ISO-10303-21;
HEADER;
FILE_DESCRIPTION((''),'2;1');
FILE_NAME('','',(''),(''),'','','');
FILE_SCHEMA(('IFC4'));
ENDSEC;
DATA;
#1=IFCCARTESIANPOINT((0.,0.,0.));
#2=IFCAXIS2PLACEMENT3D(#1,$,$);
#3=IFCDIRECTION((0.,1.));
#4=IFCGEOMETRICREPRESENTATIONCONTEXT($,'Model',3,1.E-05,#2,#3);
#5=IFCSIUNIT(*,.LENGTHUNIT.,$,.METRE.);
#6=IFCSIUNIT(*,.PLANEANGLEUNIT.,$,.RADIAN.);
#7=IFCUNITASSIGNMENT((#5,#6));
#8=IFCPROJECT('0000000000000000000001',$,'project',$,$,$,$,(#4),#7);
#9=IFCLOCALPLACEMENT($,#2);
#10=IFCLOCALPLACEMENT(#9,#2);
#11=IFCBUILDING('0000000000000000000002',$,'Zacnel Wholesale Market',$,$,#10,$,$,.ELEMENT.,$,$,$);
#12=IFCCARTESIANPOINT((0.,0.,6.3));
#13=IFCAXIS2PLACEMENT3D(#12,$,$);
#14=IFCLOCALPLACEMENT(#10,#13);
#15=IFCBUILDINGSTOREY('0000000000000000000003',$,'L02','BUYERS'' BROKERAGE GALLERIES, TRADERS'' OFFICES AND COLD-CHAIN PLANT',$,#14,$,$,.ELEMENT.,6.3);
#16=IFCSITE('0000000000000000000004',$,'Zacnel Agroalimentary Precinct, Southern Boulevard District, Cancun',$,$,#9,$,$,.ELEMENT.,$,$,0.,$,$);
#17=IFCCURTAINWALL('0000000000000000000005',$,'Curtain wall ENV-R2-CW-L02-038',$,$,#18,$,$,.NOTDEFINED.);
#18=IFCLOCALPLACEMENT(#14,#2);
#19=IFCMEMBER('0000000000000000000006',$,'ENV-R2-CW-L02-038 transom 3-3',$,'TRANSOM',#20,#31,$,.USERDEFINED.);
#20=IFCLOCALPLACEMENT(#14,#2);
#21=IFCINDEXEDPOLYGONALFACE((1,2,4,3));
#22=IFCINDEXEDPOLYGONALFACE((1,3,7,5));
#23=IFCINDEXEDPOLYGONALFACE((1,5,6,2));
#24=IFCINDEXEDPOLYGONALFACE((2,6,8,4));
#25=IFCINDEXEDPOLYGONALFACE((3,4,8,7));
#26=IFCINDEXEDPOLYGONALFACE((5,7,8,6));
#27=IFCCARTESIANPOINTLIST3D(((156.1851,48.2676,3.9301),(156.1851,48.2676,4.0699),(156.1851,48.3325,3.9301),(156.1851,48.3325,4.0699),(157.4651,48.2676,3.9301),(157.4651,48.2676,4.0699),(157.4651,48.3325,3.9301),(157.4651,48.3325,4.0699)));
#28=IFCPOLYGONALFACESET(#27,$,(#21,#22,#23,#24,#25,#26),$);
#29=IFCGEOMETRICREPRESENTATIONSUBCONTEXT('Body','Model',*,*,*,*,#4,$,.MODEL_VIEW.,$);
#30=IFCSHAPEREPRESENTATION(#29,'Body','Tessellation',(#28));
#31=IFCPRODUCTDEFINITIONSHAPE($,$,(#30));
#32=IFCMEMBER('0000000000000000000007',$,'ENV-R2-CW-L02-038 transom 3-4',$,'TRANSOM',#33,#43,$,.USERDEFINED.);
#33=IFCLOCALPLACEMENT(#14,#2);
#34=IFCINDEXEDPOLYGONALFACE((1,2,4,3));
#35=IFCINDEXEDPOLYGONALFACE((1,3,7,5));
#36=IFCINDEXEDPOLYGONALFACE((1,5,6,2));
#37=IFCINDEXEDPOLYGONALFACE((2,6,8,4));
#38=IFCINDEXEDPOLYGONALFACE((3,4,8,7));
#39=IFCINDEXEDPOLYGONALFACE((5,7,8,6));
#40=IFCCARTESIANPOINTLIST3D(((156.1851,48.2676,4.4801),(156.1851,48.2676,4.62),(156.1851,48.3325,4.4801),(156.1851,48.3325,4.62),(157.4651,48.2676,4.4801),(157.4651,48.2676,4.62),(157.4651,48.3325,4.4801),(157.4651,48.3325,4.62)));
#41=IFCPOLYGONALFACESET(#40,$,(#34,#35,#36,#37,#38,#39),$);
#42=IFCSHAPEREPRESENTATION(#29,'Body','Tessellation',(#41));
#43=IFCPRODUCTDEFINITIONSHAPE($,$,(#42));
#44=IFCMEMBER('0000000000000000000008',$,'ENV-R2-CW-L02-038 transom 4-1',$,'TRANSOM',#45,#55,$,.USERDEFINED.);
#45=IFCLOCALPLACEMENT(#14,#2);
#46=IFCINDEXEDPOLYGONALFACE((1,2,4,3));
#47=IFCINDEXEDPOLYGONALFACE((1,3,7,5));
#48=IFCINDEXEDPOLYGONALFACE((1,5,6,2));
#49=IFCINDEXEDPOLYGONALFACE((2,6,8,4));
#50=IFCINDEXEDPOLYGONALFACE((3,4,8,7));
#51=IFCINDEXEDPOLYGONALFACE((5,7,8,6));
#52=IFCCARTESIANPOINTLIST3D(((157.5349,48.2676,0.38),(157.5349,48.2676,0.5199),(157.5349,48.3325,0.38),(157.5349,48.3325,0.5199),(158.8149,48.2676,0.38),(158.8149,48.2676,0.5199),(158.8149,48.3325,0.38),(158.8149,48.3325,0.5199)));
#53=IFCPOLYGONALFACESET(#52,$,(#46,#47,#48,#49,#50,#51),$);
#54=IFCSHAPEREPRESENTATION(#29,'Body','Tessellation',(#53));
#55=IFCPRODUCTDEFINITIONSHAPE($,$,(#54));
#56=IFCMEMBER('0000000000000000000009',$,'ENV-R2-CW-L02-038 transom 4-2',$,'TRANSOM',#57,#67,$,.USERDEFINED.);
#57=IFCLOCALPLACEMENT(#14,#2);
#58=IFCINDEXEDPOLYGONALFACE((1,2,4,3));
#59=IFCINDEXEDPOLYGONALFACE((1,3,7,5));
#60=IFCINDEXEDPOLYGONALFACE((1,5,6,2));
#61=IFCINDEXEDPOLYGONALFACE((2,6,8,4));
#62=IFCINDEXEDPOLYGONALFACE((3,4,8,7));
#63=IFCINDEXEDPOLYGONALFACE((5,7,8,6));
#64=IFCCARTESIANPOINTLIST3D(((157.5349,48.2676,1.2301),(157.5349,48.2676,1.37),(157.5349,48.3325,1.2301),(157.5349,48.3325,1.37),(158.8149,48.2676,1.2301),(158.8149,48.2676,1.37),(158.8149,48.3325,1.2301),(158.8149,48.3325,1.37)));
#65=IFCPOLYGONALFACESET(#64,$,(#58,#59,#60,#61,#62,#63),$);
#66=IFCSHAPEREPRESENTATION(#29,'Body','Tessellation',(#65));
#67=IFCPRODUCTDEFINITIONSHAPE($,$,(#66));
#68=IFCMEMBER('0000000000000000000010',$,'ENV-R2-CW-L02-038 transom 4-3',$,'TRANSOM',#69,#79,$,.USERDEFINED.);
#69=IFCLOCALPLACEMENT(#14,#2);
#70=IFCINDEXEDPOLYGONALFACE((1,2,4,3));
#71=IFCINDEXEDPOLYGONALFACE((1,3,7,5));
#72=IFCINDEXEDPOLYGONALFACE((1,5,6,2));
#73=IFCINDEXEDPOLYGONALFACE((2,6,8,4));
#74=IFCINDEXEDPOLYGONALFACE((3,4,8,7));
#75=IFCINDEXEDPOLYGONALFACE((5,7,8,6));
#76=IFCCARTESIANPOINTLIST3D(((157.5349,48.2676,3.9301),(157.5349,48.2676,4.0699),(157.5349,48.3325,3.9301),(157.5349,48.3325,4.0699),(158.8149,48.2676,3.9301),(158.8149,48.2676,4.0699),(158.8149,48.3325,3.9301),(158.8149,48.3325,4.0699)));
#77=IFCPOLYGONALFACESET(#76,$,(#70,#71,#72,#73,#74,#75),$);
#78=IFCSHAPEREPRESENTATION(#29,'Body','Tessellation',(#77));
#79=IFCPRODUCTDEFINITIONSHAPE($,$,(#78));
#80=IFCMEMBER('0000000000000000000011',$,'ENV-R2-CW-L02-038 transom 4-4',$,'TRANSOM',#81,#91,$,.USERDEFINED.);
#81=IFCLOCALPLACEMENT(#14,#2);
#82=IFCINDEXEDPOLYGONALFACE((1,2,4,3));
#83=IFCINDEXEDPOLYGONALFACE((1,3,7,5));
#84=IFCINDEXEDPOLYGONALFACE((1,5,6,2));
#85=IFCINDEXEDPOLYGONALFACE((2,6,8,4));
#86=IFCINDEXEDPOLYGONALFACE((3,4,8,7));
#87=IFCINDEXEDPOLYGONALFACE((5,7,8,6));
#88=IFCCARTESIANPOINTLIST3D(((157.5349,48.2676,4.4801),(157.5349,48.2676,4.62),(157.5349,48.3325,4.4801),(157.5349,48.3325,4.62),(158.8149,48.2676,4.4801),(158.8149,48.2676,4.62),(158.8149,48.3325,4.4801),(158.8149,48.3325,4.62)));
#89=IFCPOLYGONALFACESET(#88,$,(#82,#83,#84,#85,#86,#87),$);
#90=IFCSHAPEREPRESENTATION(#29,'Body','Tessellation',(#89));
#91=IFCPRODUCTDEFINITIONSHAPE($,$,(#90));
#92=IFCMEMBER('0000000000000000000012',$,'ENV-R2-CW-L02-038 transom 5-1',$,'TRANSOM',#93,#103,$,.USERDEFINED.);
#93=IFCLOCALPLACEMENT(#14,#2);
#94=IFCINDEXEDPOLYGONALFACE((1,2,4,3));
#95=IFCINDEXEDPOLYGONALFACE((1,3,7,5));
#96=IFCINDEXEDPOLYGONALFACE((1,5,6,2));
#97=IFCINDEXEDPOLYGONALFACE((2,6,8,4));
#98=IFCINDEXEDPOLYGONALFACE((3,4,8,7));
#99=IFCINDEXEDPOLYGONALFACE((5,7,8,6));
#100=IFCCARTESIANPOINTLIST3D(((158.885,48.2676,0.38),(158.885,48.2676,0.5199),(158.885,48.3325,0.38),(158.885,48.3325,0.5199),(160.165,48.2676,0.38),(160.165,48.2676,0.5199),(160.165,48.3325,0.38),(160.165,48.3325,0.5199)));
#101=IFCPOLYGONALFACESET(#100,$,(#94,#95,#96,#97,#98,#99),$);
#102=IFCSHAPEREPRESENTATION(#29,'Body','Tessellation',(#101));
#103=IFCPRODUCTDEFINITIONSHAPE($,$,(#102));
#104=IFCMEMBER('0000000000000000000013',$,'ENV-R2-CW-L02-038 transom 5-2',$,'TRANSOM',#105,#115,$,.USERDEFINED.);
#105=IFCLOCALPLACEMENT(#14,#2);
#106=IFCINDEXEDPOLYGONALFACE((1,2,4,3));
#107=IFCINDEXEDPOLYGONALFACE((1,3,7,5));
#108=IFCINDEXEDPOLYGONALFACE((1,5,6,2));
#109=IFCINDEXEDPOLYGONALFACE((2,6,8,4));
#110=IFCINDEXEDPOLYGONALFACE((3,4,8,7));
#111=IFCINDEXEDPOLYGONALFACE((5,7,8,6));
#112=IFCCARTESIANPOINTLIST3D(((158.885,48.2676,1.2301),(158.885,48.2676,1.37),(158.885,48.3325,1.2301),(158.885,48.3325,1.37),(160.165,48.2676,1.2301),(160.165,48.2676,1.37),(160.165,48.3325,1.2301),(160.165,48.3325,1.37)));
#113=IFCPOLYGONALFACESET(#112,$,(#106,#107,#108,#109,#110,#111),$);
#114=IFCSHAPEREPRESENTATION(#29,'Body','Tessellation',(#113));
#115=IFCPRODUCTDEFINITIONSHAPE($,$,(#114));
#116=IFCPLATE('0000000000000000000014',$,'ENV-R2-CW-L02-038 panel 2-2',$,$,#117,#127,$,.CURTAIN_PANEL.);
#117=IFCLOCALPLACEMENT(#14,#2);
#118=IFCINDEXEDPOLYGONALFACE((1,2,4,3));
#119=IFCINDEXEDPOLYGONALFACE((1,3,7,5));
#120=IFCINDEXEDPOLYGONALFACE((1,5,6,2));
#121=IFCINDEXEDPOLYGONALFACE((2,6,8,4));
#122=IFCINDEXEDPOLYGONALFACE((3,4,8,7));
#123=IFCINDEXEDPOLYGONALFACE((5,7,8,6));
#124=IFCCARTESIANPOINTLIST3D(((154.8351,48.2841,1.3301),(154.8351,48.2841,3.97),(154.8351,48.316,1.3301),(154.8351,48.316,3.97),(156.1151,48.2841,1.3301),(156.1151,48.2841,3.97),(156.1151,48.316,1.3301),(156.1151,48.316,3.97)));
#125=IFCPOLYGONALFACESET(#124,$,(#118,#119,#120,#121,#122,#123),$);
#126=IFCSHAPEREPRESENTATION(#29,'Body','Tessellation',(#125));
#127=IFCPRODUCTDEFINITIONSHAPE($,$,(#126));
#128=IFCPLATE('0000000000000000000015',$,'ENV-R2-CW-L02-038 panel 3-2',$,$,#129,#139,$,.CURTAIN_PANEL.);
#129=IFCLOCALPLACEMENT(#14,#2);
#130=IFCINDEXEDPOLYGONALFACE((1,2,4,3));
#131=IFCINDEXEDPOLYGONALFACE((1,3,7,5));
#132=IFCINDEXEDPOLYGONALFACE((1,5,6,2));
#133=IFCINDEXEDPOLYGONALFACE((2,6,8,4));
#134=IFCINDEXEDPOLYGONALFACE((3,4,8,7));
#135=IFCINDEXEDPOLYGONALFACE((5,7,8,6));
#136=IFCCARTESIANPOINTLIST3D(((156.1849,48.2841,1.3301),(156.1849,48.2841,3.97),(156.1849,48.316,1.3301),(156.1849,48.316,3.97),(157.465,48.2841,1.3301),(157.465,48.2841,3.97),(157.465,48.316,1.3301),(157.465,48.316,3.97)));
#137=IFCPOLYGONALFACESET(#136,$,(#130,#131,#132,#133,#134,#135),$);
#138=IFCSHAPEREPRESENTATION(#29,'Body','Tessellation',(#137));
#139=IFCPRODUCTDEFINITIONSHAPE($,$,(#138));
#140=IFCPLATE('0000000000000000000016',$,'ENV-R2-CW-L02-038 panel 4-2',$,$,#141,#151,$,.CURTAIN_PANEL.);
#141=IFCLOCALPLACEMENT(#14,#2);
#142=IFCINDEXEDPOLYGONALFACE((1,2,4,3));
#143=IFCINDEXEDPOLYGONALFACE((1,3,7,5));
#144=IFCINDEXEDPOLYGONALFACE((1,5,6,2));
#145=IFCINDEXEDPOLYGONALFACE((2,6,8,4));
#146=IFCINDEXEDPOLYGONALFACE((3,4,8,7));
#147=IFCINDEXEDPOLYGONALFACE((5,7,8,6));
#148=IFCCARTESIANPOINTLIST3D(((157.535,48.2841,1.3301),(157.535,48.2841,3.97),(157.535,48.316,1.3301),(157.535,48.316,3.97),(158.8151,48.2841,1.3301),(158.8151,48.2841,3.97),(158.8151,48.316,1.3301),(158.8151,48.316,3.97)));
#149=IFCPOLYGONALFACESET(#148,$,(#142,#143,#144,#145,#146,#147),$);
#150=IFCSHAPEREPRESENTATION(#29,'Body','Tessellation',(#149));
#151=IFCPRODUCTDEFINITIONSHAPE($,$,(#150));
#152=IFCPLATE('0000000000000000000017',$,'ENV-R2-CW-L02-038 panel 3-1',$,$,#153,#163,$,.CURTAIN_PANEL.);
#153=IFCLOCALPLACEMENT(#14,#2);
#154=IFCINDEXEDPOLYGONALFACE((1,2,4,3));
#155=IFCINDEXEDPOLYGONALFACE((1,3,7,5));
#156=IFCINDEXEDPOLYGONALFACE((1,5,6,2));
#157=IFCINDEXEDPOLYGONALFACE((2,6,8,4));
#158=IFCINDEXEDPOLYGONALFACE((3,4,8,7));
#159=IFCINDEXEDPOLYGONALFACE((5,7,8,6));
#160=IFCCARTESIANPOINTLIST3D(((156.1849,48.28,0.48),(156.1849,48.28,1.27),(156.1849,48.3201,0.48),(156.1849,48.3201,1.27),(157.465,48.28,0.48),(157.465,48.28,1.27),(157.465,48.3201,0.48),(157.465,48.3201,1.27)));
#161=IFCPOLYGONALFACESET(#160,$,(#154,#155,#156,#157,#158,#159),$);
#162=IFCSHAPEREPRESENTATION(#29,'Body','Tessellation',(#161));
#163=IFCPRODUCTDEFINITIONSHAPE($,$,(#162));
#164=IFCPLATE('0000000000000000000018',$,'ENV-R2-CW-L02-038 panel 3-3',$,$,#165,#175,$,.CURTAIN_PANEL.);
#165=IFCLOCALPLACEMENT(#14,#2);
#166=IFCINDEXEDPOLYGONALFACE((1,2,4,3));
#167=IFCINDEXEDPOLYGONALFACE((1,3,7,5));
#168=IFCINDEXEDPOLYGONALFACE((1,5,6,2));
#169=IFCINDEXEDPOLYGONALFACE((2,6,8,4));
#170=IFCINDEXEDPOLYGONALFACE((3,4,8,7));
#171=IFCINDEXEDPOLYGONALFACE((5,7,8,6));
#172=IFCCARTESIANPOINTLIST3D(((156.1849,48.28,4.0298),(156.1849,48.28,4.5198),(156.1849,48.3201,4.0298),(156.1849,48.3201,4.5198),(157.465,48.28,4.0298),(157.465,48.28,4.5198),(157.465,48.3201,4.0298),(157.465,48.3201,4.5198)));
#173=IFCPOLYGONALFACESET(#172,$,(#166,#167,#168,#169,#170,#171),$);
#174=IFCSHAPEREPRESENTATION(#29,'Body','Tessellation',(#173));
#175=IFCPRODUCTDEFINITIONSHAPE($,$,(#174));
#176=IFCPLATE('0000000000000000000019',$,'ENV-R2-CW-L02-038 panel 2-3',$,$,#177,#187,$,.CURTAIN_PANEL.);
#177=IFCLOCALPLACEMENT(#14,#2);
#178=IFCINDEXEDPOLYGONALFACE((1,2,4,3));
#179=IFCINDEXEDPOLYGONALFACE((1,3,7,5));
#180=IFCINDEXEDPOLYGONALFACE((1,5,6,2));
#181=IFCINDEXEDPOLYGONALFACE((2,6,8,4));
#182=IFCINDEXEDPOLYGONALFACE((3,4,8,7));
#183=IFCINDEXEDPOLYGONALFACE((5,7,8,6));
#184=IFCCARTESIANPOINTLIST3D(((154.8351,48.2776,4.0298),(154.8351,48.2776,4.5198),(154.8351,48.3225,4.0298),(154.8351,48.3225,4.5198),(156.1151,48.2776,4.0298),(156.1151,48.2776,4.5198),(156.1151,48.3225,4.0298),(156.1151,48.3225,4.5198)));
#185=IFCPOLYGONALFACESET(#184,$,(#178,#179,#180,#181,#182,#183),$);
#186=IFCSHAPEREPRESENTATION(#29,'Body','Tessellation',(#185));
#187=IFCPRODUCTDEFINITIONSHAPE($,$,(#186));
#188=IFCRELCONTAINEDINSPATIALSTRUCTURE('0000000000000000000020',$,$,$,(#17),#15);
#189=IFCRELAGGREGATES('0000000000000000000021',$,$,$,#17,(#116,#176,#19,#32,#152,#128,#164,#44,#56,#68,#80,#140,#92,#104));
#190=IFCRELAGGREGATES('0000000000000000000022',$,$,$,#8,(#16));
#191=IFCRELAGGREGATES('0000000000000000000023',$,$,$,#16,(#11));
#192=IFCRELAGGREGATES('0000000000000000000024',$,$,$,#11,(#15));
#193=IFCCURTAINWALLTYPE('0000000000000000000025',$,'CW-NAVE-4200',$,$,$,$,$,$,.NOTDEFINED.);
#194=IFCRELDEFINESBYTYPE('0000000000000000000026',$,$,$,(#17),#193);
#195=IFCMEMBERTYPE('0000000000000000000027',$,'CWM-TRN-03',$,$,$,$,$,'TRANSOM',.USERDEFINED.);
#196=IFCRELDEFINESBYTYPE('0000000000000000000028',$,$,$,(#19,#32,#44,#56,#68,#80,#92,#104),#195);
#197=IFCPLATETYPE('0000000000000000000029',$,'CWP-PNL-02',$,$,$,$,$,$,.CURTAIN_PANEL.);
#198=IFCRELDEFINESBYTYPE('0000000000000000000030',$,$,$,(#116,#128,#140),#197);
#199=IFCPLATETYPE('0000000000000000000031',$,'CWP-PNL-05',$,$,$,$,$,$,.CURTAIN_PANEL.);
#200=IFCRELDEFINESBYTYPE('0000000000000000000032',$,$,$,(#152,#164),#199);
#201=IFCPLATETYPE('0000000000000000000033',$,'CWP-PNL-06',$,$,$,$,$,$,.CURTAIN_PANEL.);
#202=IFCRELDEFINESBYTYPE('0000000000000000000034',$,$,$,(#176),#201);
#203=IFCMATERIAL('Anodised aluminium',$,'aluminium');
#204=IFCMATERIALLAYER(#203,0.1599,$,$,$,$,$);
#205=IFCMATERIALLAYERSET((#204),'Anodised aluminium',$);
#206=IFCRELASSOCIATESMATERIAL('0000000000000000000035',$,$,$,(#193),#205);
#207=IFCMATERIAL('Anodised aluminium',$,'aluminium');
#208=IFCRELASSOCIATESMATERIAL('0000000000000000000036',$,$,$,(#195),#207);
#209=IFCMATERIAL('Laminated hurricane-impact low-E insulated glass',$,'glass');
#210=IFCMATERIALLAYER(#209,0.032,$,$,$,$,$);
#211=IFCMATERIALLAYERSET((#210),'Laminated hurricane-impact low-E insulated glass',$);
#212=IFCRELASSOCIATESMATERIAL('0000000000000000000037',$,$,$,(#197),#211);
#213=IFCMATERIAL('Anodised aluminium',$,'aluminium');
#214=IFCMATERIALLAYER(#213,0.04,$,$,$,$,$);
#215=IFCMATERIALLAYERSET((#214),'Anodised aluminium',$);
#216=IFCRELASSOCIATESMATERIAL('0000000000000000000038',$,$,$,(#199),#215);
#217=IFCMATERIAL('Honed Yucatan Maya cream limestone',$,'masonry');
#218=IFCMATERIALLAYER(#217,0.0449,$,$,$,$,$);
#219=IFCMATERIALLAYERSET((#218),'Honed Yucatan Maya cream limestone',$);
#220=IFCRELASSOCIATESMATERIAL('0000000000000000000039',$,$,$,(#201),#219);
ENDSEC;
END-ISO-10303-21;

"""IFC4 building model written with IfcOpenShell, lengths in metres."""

from ifc_helpers import new_model, si_unit, direction, frame, origin, origin_2d, place, context, subcontext, project, spatial, rectangle, extrude, material, layer, layer_set, material_profile, profile_set, type_object, element, aggregate, save


model = new_model("IFC4")

# Units and contexts
model_context = context("Model", 3, precision=1e-05, world=origin(), true_north=direction((0.0, 1.0)))
body_context = subcontext(model_context, "Body", "Model", "MODEL_VIEW")
ifc_project = project(units=[si_unit("LENGTHUNIT", "METRE"), si_unit("PLANEANGLEUNIT", "RADIAN")], contexts=[model_context])

# Site, building, storey
site_placement = place(None, origin())
site = spatial("IfcSite", under=ifc_project, at=site_placement, Name="Zacnel Agroalimentary Precinct, Southern Boulevard District, Cancun", CompositionType="ELEMENT", RefElevation=0.0)
building_placement = place(site_placement, origin())
building = spatial("IfcBuilding", under=site, at=building_placement, Name="Zacnel Wholesale Market", CompositionType="ELEMENT")
storey_placement = place(building_placement, frame((0.0, 0.0, 6.3)))
storey = spatial("IfcBuildingStorey", under=building, at=storey_placement, Name="L02", Description="BUYERS' BROKERAGE GALLERIES, TRADERS' OFFICES AND COLD-CHAIN PLANT", CompositionType="ELEMENT", Elevation=6.3)

# Curtain wall, members, plates
ifc_material_1 = material(Name="Anodised aluminium", Category="aluminium")
ifc_layer_1 = layer(ifc_material_1, 0.1599)
ifc_layer_set_1 = layer_set([ifc_layer_1], Name="Anodised aluminium")
curtain_wall_type = type_object("IfcCurtainWallType", Name="CW-NAVE-4200", PredefinedType="NOTDEFINED", material=ifc_layer_set_1)
curtain_wall_placement = place(storey_placement, origin())
curtain_wall = element("IfcCurtainWall", 1, at=curtain_wall_placement, inside=storey, type_object=curtain_wall_type, Name="Curtain wall ENV-R2-CW-L02-038", PredefinedType="NOTDEFINED")
ifc_material_2 = material(Name="Anodised aluminium", Category="aluminium")
ifc_material_profile_1 = material_profile(ifc_material_2, rectangle(XDim=0.0649, YDim=0.1399, at=origin_2d()), Name="AW-TRANSOM 65x140")
ifc_profile_set_1 = profile_set([ifc_material_profile_1], Name="Anodised aluminium")
member_type_1 = type_object("IfcMemberType", Name="CWM-TRN-03", ElementType="TRANSOM", PredefinedType="USERDEFINED", material=ifc_profile_set_1)
member_1_placement = place(storey_placement, frame((156.1851, 48.3, 4.0), z_axis=(1.0, 0.0, 0.0), x_axis=(0.0, 1.0, 0.0)))
member_1 = element("IfcMember", 2, at=member_1_placement, type_object=member_type_1, Name="ENV-R2-CW-L02-038 transom 3-3", ObjectType="TRANSOM", PredefinedType="USERDEFINED", context=body_context, shape_type="SweptSolid", body=[
    extrude(rectangle(XDim=0.0649, YDim=0.1399, at=origin_2d()), origin(), (0.0, 0.0, 1.0), 1.28),
])
member_2_placement = place(storey_placement, frame((156.1851, 48.3, 4.55), z_axis=(1.0, 0.0, 0.0), x_axis=(0.0, 1.0, 0.0)))
member_2 = element("IfcMember", 3, at=member_2_placement, type_object=member_type_1, Name="ENV-R2-CW-L02-038 transom 3-4", ObjectType="TRANSOM", PredefinedType="USERDEFINED", context=body_context, shape_type="SweptSolid", body=[
    extrude(rectangle(XDim=0.0649, YDim=0.1399, at=origin_2d()), origin(), (0.0, 0.0, 1.0), 1.28),
])
member_3_placement = place(storey_placement, frame((157.5349, 48.3, 0.45), z_axis=(1.0, 0.0, 0.0), x_axis=(0.0, 1.0, 0.0)))
member_3 = element("IfcMember", 4, at=member_3_placement, type_object=member_type_1, Name="ENV-R2-CW-L02-038 transom 4-1", ObjectType="TRANSOM", PredefinedType="USERDEFINED", context=body_context, shape_type="SweptSolid", body=[
    extrude(rectangle(XDim=0.0649, YDim=0.1399, at=origin_2d()), origin(), (0.0, 0.0, 1.0), 1.28),
])
member_4_placement = place(storey_placement, frame((157.5349, 48.3, 1.3), z_axis=(1.0, 0.0, 0.0), x_axis=(0.0, 1.0, 0.0)))
member_4 = element("IfcMember", 5, at=member_4_placement, type_object=member_type_1, Name="ENV-R2-CW-L02-038 transom 4-2", ObjectType="TRANSOM", PredefinedType="USERDEFINED", context=body_context, shape_type="SweptSolid", body=[
    extrude(rectangle(XDim=0.0649, YDim=0.1399, at=origin_2d()), origin(), (0.0, 0.0, 1.0), 1.28),
])
member_5_placement = place(storey_placement, frame((157.5349, 48.3, 4.0), z_axis=(1.0, 0.0, 0.0), x_axis=(0.0, 1.0, 0.0)))
member_5 = element("IfcMember", 6, at=member_5_placement, type_object=member_type_1, Name="ENV-R2-CW-L02-038 transom 4-3", ObjectType="TRANSOM", PredefinedType="USERDEFINED", context=body_context, shape_type="SweptSolid", body=[
    extrude(rectangle(XDim=0.0649, YDim=0.1399, at=origin_2d()), origin(), (0.0, 0.0, 1.0), 1.28),
])
member_6_placement = place(storey_placement, frame((157.5349, 48.3, 4.55), z_axis=(1.0, 0.0, 0.0), x_axis=(0.0, 1.0, 0.0)))
member_6 = element("IfcMember", 7, at=member_6_placement, type_object=member_type_1, Name="ENV-R2-CW-L02-038 transom 4-4", ObjectType="TRANSOM", PredefinedType="USERDEFINED", context=body_context, shape_type="SweptSolid", body=[
    extrude(rectangle(XDim=0.0649, YDim=0.1399, at=origin_2d()), origin(), (0.0, 0.0, 1.0), 1.28),
])
member_7_placement = place(storey_placement, frame((158.885, 48.3, 0.45), z_axis=(1.0, 0.0, 0.0), x_axis=(0.0, 1.0, 0.0)))
member_7 = element("IfcMember", 8, at=member_7_placement, type_object=member_type_1, Name="ENV-R2-CW-L02-038 transom 5-1", ObjectType="TRANSOM", PredefinedType="USERDEFINED", context=body_context, shape_type="SweptSolid", body=[
    extrude(rectangle(XDim=0.0649, YDim=0.1399, at=origin_2d()), origin(), (0.0, 0.0, 1.0), 1.28),
])
member_8_placement = place(storey_placement, frame((158.885, 48.3, 1.3), z_axis=(1.0, 0.0, 0.0), x_axis=(0.0, 1.0, 0.0)))
member_8 = element("IfcMember", 9, at=member_8_placement, type_object=member_type_1, Name="ENV-R2-CW-L02-038 transom 5-2", ObjectType="TRANSOM", PredefinedType="USERDEFINED", context=body_context, shape_type="SweptSolid", body=[
    extrude(rectangle(XDim=0.0649, YDim=0.1399, at=origin_2d()), origin(), (0.0, 0.0, 1.0), 1.28),
])
ifc_material_3 = material(Name="Laminated hurricane-impact low-E insulated glass", Category="glass")
ifc_layer_2 = layer(ifc_material_3, 0.032)
ifc_layer_set_2 = layer_set([ifc_layer_2], Name="Laminated hurricane-impact low-E insulated glass")
plate_type_1 = type_object("IfcPlateType", Name="CWP-PNL-02", PredefinedType="CURTAIN_PANEL", material=ifc_layer_set_2)
plate_1_placement = place(storey_placement, frame((155.4751, 48.3, 1.3301), z_axis=(0.0, 0.0, 1.0), x_axis=(1.0, 0.0, 0.0)))
plate_1 = element("IfcPlate", 10, at=plate_1_placement, type_object=plate_type_1, Name="ENV-R2-CW-L02-038 panel 2-2", PredefinedType="CURTAIN_PANEL", context=body_context, shape_type="SweptSolid", body=[
    extrude(rectangle(XDim=1.28, YDim=0.032, at=origin_2d()), origin(), (0.0, 0.0, 1.0), 2.6399),
])
plate_2_placement = place(storey_placement, frame((156.825, 48.3, 1.3301), z_axis=(0.0, 0.0, 1.0), x_axis=(1.0, 0.0, 0.0)))
plate_2 = element("IfcPlate", 11, at=plate_2_placement, type_object=plate_type_1, Name="ENV-R2-CW-L02-038 panel 3-2", PredefinedType="CURTAIN_PANEL", context=body_context, shape_type="SweptSolid", body=[
    extrude(rectangle(XDim=1.28, YDim=0.032, at=origin_2d()), origin(), (0.0, 0.0, 1.0), 2.6399),
])
plate_3_placement = place(storey_placement, frame((158.175, 48.3, 1.3301), z_axis=(0.0, 0.0, 1.0), x_axis=(1.0, 0.0, 0.0)))
plate_3 = element("IfcPlate", 12, at=plate_3_placement, type_object=plate_type_1, Name="ENV-R2-CW-L02-038 panel 4-2", PredefinedType="CURTAIN_PANEL", context=body_context, shape_type="SweptSolid", body=[
    extrude(rectangle(XDim=1.28, YDim=0.032, at=origin_2d()), origin(), (0.0, 0.0, 1.0), 2.6399),
])
ifc_material_4 = material(Name="Anodised aluminium", Category="aluminium")
ifc_layer_3 = layer(ifc_material_4, 0.04)
ifc_layer_set_3 = layer_set([ifc_layer_3], Name="Anodised aluminium")
plate_type_2 = type_object("IfcPlateType", Name="CWP-PNL-05", PredefinedType="CURTAIN_PANEL", material=ifc_layer_set_3)
plate_4_placement = place(storey_placement, frame((156.825, 48.3, 0.48), z_axis=(0.0, 0.0, 1.0), x_axis=(1.0, 0.0, 0.0)))
plate_4 = element("IfcPlate", 13, at=plate_4_placement, type_object=plate_type_2, Name="ENV-R2-CW-L02-038 panel 3-1", PredefinedType="CURTAIN_PANEL", context=body_context, shape_type="SweptSolid", body=[
    extrude(rectangle(XDim=1.28, YDim=0.04, at=origin_2d()), origin(), (0.0, 0.0, 1.0), 0.79),
])
plate_5_placement = place(storey_placement, frame((156.825, 48.3, 4.0298), z_axis=(0.0, 0.0, 1.0), x_axis=(1.0, 0.0, 0.0)))
plate_5 = element("IfcPlate", 14, at=plate_5_placement, type_object=plate_type_2, Name="ENV-R2-CW-L02-038 panel 3-3", PredefinedType="CURTAIN_PANEL", context=body_context, shape_type="SweptSolid", body=[
    extrude(rectangle(XDim=1.28, YDim=0.04, at=origin_2d()), origin(), (0.0, 0.0, 1.0), 0.49),
])
ifc_material_5 = material(Name="Honed Yucatan Maya cream limestone", Category="masonry")
ifc_layer_4 = layer(ifc_material_5, 0.0449)
ifc_layer_set_4 = layer_set([ifc_layer_4], Name="Honed Yucatan Maya cream limestone")
plate_type_3 = type_object("IfcPlateType", Name="CWP-PNL-06", PredefinedType="CURTAIN_PANEL", material=ifc_layer_set_4)
plate_6_placement = place(storey_placement, frame((155.4751, 48.3, 4.0298), z_axis=(0.0, 0.0, 1.0), x_axis=(1.0, 0.0, 0.0)))
plate_6 = element("IfcPlate", 15, at=plate_6_placement, type_object=plate_type_3, Name="ENV-R2-CW-L02-038 panel 2-3", PredefinedType="CURTAIN_PANEL", context=body_context, shape_type="SweptSolid", body=[
    extrude(rectangle(XDim=1.28, YDim=0.0449, at=origin_2d()), origin(), (0.0, 0.0, 1.0), 0.49),
])
aggregate(curtain_wall, [plate_1, plate_6, member_1, member_2, plate_4, plate_2, plate_5, member_3, member_4, member_5, member_6, plate_3, member_7, member_8])

save(model, "model.ifc")
